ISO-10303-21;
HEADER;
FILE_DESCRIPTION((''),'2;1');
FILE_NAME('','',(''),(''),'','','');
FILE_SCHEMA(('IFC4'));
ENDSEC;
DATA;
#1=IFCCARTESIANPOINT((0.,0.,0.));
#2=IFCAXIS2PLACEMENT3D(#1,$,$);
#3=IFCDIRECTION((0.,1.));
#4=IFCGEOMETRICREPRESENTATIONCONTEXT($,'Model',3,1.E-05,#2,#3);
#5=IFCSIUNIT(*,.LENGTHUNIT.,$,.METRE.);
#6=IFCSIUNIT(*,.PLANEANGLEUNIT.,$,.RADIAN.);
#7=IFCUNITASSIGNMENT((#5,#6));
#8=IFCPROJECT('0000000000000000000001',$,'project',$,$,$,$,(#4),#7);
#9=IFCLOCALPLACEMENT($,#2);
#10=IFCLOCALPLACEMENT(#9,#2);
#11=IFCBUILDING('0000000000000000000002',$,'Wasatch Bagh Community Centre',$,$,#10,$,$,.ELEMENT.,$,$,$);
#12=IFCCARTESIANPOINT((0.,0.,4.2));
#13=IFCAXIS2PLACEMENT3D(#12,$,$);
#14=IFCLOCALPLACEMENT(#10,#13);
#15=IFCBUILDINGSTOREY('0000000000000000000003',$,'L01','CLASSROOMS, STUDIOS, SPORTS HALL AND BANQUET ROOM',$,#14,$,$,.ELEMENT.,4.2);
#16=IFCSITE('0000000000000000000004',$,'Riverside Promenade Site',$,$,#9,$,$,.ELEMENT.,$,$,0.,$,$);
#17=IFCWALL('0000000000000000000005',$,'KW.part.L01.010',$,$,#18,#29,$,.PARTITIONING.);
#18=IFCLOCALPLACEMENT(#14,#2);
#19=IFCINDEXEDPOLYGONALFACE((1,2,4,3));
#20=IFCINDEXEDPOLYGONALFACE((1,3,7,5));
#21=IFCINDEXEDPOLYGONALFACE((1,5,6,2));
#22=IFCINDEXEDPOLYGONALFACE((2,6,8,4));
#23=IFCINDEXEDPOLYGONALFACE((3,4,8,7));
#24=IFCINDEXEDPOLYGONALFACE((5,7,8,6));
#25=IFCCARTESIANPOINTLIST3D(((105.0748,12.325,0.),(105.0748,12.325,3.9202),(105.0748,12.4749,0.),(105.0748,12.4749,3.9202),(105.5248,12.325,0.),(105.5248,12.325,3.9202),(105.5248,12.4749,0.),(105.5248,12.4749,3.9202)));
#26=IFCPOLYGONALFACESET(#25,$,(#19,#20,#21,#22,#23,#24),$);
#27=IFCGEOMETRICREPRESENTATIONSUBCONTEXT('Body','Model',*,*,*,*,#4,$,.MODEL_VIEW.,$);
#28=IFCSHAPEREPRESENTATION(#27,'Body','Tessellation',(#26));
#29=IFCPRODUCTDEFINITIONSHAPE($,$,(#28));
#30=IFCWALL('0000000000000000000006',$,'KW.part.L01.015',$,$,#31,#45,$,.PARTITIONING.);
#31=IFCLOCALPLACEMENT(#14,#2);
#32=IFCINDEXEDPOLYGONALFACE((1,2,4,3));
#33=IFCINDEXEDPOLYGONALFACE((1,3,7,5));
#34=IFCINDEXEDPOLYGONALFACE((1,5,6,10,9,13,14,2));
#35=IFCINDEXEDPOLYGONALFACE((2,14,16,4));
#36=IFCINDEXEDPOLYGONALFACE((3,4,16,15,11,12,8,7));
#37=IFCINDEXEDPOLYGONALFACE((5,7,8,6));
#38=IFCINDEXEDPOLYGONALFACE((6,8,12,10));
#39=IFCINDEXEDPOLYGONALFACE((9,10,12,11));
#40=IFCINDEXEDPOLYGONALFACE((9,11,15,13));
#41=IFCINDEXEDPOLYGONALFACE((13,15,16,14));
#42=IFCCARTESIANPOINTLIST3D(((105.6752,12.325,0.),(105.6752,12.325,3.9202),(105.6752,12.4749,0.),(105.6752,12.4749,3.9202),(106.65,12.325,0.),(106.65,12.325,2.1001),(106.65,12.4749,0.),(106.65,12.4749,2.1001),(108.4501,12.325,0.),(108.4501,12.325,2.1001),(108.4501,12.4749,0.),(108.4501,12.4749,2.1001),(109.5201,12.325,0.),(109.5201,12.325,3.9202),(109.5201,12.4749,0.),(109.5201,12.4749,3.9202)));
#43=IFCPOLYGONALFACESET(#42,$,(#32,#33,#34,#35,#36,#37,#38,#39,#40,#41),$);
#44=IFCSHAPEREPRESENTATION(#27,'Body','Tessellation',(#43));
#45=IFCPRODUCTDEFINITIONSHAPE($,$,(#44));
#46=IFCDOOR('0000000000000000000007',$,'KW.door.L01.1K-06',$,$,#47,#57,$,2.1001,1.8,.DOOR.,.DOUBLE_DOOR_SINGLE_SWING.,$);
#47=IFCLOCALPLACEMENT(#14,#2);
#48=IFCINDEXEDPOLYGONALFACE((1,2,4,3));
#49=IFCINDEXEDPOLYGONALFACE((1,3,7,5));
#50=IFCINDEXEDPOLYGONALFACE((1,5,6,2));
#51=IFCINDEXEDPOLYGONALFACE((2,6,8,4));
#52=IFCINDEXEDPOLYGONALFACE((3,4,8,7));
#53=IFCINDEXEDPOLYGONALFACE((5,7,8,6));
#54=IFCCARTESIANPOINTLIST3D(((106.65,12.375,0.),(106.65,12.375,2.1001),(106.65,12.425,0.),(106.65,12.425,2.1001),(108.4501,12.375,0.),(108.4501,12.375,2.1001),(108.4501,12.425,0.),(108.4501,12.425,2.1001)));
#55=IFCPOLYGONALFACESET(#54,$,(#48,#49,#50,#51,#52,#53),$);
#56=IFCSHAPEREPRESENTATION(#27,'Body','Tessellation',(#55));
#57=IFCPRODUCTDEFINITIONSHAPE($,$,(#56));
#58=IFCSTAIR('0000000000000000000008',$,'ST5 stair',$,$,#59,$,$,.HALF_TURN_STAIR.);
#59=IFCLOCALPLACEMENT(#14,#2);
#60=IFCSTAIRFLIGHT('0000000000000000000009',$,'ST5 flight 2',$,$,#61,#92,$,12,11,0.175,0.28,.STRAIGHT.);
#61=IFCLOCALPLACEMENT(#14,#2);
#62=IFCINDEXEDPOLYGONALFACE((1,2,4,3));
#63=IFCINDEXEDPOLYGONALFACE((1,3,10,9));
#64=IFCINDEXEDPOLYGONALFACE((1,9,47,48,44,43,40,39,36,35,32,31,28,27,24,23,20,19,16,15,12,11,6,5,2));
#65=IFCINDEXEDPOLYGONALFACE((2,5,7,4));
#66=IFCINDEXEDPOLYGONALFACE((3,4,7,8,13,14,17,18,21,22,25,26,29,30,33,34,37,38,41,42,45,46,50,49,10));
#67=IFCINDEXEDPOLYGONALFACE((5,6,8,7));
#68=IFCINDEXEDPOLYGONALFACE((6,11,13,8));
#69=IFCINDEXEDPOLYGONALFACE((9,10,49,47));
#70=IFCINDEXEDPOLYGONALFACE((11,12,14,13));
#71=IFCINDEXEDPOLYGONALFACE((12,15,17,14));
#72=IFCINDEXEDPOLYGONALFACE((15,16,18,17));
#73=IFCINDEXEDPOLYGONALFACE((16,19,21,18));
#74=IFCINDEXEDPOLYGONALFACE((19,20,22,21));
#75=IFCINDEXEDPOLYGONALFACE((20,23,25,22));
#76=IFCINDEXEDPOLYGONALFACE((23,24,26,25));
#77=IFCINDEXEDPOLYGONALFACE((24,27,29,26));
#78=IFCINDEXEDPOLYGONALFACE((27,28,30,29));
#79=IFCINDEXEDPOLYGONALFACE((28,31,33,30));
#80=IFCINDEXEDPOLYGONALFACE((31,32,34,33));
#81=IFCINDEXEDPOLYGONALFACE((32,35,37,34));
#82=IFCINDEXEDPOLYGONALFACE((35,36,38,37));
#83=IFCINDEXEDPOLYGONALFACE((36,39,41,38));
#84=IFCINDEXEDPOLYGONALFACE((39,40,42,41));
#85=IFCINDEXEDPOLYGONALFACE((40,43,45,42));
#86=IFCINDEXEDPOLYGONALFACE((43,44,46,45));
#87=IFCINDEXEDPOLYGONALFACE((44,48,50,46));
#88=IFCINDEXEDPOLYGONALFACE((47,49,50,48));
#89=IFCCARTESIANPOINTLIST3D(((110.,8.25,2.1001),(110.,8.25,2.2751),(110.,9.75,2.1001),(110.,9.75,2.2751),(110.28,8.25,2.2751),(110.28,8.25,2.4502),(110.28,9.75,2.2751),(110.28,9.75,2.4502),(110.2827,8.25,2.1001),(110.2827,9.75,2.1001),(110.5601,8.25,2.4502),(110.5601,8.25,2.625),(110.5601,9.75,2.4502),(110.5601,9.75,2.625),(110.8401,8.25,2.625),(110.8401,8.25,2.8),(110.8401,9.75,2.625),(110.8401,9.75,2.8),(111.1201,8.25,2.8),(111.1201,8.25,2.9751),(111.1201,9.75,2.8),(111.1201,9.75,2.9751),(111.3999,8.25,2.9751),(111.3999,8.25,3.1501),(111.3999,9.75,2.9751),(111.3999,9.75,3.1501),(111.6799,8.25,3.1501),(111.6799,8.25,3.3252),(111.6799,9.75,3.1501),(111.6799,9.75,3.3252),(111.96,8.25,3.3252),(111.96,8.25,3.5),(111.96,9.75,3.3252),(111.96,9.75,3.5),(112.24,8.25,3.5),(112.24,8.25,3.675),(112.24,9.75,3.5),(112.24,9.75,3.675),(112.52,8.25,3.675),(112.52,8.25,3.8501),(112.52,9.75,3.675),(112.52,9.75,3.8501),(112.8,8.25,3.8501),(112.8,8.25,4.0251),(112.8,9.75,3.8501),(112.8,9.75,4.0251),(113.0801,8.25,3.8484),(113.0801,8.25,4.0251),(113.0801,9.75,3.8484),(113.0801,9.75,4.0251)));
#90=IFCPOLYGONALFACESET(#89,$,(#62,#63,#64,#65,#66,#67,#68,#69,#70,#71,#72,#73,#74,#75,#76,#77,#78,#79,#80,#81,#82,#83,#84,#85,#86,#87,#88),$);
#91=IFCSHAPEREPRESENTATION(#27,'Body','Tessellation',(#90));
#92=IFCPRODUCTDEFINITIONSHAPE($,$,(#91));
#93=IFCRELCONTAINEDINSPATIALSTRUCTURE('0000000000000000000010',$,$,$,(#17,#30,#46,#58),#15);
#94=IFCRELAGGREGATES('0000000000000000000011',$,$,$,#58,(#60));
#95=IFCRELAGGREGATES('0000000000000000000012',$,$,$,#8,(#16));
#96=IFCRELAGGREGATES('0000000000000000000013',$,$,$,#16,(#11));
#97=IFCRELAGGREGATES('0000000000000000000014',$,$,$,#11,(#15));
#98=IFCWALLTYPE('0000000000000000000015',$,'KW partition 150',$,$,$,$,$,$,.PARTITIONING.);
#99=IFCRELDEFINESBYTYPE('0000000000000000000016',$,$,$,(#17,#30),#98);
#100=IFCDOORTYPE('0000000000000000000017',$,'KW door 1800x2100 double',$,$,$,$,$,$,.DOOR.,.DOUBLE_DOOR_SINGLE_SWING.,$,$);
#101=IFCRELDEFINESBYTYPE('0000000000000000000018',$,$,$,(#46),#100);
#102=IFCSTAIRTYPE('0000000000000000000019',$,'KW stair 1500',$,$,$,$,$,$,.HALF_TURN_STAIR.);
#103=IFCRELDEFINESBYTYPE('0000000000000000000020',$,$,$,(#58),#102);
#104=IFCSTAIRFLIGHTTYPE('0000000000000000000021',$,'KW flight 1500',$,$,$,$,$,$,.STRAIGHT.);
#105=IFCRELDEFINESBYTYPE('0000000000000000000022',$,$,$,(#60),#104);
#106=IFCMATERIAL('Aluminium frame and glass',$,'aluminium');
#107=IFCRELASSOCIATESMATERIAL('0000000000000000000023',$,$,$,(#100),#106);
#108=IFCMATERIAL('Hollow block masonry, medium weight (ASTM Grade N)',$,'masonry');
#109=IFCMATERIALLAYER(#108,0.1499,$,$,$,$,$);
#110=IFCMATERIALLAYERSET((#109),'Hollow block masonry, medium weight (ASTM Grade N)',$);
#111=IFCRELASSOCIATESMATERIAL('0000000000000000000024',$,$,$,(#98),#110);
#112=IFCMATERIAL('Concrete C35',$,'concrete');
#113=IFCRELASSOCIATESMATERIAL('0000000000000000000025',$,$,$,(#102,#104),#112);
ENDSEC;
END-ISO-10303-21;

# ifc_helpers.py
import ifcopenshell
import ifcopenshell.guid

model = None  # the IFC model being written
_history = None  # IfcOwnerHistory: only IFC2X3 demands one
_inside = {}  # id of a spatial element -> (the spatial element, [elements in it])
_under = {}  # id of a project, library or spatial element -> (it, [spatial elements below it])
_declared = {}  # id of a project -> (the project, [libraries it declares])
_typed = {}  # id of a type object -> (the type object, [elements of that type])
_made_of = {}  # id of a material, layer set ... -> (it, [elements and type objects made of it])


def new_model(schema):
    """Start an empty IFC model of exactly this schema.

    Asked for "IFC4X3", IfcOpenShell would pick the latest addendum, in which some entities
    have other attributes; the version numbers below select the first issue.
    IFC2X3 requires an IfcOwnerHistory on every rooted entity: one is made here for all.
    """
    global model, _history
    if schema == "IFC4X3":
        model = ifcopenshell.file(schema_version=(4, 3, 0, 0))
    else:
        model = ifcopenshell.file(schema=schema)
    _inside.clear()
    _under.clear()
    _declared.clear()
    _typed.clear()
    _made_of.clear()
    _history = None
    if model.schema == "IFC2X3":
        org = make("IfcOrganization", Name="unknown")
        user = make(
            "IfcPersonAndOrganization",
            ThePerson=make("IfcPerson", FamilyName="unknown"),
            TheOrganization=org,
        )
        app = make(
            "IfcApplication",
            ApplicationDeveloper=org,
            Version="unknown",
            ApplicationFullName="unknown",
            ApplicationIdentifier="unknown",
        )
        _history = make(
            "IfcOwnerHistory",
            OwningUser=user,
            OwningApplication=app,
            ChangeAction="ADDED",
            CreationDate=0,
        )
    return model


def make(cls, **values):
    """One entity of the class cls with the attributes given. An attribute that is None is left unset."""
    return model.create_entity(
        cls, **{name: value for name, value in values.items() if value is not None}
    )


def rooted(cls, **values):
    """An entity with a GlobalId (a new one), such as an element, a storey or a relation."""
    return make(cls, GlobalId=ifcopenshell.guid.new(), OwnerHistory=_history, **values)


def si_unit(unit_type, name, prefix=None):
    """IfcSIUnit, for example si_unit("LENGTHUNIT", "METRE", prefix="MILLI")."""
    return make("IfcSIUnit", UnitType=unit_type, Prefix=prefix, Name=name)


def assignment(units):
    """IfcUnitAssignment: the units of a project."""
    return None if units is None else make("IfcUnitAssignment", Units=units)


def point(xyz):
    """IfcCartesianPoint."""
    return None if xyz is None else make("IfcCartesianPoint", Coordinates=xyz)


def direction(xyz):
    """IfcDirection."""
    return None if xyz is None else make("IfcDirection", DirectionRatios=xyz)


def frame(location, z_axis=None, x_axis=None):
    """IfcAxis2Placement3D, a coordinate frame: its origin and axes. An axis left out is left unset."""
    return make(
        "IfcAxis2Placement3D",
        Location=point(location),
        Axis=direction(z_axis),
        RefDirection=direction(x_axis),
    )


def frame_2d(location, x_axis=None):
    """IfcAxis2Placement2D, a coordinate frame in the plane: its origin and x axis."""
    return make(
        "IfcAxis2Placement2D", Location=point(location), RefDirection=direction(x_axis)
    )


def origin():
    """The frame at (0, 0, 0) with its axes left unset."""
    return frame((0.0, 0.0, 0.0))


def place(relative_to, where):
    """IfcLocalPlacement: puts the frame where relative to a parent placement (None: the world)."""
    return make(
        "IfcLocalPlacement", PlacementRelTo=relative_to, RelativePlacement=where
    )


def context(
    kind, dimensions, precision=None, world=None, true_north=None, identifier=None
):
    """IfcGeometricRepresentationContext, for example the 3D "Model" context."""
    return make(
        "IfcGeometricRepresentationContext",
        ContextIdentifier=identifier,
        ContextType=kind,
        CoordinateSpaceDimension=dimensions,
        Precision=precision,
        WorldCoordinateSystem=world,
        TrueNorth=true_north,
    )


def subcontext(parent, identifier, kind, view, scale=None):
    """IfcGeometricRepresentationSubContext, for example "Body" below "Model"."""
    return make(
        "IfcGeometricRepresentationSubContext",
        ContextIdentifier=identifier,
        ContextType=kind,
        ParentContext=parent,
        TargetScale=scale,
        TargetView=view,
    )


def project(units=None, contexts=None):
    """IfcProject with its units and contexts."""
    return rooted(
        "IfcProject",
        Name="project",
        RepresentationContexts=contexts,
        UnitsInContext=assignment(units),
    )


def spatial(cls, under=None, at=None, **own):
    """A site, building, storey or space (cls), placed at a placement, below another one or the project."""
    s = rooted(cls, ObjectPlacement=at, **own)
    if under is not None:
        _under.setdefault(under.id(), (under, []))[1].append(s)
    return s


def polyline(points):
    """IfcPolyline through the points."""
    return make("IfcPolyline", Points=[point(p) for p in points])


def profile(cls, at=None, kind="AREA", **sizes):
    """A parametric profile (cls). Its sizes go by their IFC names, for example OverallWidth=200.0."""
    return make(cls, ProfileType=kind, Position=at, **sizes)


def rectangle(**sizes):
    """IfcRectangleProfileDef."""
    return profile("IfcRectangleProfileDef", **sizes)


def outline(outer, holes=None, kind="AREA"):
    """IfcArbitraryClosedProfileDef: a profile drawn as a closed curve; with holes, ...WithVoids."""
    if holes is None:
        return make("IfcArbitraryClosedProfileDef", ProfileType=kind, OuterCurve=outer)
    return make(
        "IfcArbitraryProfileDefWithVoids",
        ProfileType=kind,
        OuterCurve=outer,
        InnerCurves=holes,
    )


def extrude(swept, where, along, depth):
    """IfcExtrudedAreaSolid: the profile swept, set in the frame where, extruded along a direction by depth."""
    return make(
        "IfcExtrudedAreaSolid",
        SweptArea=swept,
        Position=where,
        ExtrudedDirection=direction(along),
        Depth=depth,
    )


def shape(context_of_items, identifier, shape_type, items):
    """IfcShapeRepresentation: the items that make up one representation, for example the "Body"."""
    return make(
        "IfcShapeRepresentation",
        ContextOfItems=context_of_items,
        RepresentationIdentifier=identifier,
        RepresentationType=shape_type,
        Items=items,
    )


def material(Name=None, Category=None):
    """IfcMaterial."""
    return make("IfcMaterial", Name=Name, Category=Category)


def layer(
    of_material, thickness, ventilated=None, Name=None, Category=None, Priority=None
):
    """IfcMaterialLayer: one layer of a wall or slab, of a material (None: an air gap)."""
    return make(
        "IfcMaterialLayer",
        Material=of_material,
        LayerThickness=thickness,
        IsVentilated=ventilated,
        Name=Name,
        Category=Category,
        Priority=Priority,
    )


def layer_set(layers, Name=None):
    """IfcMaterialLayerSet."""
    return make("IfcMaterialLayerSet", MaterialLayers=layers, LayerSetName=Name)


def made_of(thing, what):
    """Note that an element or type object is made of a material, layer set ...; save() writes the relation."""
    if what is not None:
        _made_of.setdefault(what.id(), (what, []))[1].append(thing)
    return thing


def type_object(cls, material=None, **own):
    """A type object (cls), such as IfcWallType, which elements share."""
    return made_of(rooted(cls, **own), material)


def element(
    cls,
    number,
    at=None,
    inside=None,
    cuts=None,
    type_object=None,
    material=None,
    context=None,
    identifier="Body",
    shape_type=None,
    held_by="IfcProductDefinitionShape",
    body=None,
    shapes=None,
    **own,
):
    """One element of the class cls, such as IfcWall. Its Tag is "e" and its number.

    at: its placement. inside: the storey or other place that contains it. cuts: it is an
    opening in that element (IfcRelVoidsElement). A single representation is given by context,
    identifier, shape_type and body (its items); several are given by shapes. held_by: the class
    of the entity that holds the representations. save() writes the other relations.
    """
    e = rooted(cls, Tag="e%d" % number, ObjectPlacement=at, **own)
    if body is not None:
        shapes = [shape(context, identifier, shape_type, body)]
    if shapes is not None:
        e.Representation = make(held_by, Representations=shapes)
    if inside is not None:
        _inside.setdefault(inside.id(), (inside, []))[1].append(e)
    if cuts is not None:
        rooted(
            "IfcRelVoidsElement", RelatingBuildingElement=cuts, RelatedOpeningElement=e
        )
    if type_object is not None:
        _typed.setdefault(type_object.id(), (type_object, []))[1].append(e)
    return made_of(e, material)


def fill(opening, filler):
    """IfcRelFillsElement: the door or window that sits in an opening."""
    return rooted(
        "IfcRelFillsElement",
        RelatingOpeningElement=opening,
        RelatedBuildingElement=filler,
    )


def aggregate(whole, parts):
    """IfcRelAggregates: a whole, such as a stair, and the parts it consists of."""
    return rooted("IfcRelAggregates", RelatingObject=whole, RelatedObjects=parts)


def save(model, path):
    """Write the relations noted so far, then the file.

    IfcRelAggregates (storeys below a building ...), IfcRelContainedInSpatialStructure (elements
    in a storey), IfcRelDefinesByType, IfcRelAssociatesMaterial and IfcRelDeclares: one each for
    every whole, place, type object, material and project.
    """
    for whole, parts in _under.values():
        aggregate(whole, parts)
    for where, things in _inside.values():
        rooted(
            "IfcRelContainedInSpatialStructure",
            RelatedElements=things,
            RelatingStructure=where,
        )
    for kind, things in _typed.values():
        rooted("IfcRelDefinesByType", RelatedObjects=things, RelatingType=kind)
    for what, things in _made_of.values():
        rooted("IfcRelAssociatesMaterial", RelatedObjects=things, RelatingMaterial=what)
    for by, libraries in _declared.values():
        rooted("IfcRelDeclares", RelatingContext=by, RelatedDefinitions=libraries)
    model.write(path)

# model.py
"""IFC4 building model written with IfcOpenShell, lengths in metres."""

from ifc_helpers import new_model, si_unit, direction, frame, frame_2d, origin, place, context, subcontext, project, spatial, polyline, rectangle, outline, extrude, material, layer, layer_set, type_object, element, fill, aggregate, save


model = new_model("IFC4")

# Units and contexts
model_context = context("Model", 3, precision=1e-05, world=origin(), true_north=direction((0.0, 1.0)))
body_context = subcontext(model_context, "Body", "Model", "MODEL_VIEW")
ifc_project = project(units=[si_unit("LENGTHUNIT", "METRE"), si_unit("PLANEANGLEUNIT", "RADIAN")], contexts=[model_context])

# Site, building, storey
site_placement = place(None, origin())
site = spatial("IfcSite", under=ifc_project, at=site_placement, Name="Riverside Promenade Site", CompositionType="ELEMENT", RefElevation=0.0)
building_placement = place(site_placement, origin())
building = spatial("IfcBuilding", under=site, at=building_placement, Name="Wasatch Bagh Community Centre", CompositionType="ELEMENT")
storey_placement = place(building_placement, frame((0.0, 0.0, 4.2)))
storey = spatial("IfcBuildingStorey", under=building, at=storey_placement, Name="L01", Description="CLASSROOMS, STUDIOS, SPORTS HALL AND BANQUET ROOM", CompositionType="ELEMENT", Elevation=4.2)

# Shared definitions
ifc_material_1 = material(Name="Aluminium frame and glass", Category="aluminium")
door_type_1 = type_object("IfcDoorType", Name="KW door 1800x2100 double", OperationType="DOUBLE_DOOR_SINGLE_SWING", PredefinedType="DOOR", material=ifc_material_1)
ifc_material_2 = material(Name="Hollow block masonry, medium weight (ASTM Grade N)", Category="masonry")
ifc_layer_1 = layer(ifc_material_2, 0.1499)
ifc_layer_set_1 = layer_set([ifc_layer_1], Name="Hollow block masonry, medium weight (ASTM Grade N)")
wall_type_1 = type_object("IfcWallType", Name="KW partition 150", PredefinedType="PARTITIONING", material=ifc_layer_set_1)

# Wall
wall_1_placement = place(storey_placement, frame((105.5249, 12.3999, 0.0), z_axis=(0.0, 0.0, 1.0), x_axis=(-1.0, 0.0, 0.0)))
element("IfcWall", 1, at=wall_1_placement, inside=storey, type_object=wall_type_1, Name="KW.part.L01.010", PredefinedType="PARTITIONING", context=body_context, shape_type="SweptSolid", body=[
    extrude(rectangle(XDim=0.45, YDim=0.1499, at=frame_2d((0.2251, 0.0))), origin(), (0.0, 0.0, 1.0), 3.9202),
])

# Wall, opening, door
wall_2_placement = place(storey_placement, frame((109.52, 12.3999, 0.0), z_axis=(0.0, 0.0, 1.0), x_axis=(-1.0, 0.0, 0.0)))
wall_2 = element("IfcWall", 2, at=wall_2_placement, inside=storey, type_object=wall_type_1, Name="KW.part.L01.015", PredefinedType="PARTITIONING", context=body_context, shape_type="SweptSolid", body=[
    extrude(rectangle(XDim=3.845, YDim=0.1499, at=frame_2d((1.9224, 0.0))), origin(), (0.0, 0.0, 1.0), 3.9202),
])
opening_1_placement = place(wall_2_placement, frame((1.0701, 0.0, 0.0)))
opening_1 = element("IfcOpeningElement", 3, at=opening_1_placement, cuts=wall_2, PredefinedType="OPENING", context=body_context, shape_type="SweptSolid", body=[
    extrude(rectangle(XDim=1.8, YDim=2.1001, at=frame_2d((0.8999, 1.05))), frame((0.0, 0.085, 0.0), z_axis=(0.0, -1.0, 0.0), x_axis=(1.0, 0.0, 0.0)), (0.0, 0.0, 1.0), 0.1699),
])
door_1_placement = place(opening_1_placement, origin())
door_1 = element("IfcDoor", 4, at=door_1_placement, inside=storey, type_object=door_type_1, Name="KW.door.L01.1K-06", OperationType="DOUBLE_DOOR_SINGLE_SWING", OverallHeight=2.1001, OverallWidth=1.8, PredefinedType="DOOR", context=body_context, shape_type="SweptSolid", body=[
    extrude(rectangle(XDim=1.8, YDim=2.1001, at=frame_2d((0.8999, 1.05))), frame((0.0, 0.0249, 0.0), z_axis=(0.0, -1.0, 0.0), x_axis=(1.0, 0.0, 0.0)), (0.0, 0.0, 1.0), 0.05),
])
fill(opening_1, door_1)

# Stair, stair flight
ifc_material_3 = material(Name="Concrete C35", Category="concrete")
stair_type = type_object("IfcStairType", Name="KW stair 1500", PredefinedType="HALF_TURN_STAIR", material=ifc_material_3)
stair_placement = place(storey_placement, origin())
stair = element("IfcStair", 5, at=stair_placement, inside=storey, type_object=stair_type, Name="ST5 stair", PredefinedType="HALF_TURN_STAIR")
stair_flight_type = type_object("IfcStairFlightType", Name="KW flight 1500", PredefinedType="STRAIGHT", material=ifc_material_3)
stair_flight_placement = place(storey_placement, frame((110.0, 9.0, 2.1001), z_axis=(0.0, 0.0, 1.0), x_axis=(1.0, 0.0, 0.0)))
stair_flight = element("IfcStairFlight", 6, at=stair_flight_placement, type_object=stair_flight_type, Name="ST5 flight 2", NumberOfRisers=12, NumberOfTreads=11, PredefinedType="STRAIGHT", RiserHeight=0.175, TreadLength=0.28, context=body_context, shape_type="SweptSolid", body=[
    extrude(outline(polyline([(0.0, 0.0), (0.0, 0.175), (0.28, 0.175), (0.28, 0.3501), (0.5601, 0.3501), (0.5601, 0.5249), (0.8401, 0.5249), (0.8401, 0.7), (1.1201, 0.7), (1.1201, 0.875), (1.3999, 0.875), (1.3999, 1.05), (1.6799, 1.05), (1.6799, 1.2251), (1.96, 1.2251), (1.96, 1.3999), (2.24, 1.3999), (2.24, 1.575), (2.52, 1.575), (2.52, 1.75), (2.8, 1.75), (2.8, 1.925), (3.0801, 1.925), (3.0801, 2.1001), (3.0801, 1.7483), (0.2827, 0.0), (0.0, 0.0)])), frame((0.0, 0.75, 0.0), z_axis=(0.0, -1.0, 0.0), x_axis=(1.0, 0.0, 0.0)), (0.0, 0.0, 1.0), 1.5),
])
aggregate(stair, [stair_flight])

save(model, "model.ifc")
